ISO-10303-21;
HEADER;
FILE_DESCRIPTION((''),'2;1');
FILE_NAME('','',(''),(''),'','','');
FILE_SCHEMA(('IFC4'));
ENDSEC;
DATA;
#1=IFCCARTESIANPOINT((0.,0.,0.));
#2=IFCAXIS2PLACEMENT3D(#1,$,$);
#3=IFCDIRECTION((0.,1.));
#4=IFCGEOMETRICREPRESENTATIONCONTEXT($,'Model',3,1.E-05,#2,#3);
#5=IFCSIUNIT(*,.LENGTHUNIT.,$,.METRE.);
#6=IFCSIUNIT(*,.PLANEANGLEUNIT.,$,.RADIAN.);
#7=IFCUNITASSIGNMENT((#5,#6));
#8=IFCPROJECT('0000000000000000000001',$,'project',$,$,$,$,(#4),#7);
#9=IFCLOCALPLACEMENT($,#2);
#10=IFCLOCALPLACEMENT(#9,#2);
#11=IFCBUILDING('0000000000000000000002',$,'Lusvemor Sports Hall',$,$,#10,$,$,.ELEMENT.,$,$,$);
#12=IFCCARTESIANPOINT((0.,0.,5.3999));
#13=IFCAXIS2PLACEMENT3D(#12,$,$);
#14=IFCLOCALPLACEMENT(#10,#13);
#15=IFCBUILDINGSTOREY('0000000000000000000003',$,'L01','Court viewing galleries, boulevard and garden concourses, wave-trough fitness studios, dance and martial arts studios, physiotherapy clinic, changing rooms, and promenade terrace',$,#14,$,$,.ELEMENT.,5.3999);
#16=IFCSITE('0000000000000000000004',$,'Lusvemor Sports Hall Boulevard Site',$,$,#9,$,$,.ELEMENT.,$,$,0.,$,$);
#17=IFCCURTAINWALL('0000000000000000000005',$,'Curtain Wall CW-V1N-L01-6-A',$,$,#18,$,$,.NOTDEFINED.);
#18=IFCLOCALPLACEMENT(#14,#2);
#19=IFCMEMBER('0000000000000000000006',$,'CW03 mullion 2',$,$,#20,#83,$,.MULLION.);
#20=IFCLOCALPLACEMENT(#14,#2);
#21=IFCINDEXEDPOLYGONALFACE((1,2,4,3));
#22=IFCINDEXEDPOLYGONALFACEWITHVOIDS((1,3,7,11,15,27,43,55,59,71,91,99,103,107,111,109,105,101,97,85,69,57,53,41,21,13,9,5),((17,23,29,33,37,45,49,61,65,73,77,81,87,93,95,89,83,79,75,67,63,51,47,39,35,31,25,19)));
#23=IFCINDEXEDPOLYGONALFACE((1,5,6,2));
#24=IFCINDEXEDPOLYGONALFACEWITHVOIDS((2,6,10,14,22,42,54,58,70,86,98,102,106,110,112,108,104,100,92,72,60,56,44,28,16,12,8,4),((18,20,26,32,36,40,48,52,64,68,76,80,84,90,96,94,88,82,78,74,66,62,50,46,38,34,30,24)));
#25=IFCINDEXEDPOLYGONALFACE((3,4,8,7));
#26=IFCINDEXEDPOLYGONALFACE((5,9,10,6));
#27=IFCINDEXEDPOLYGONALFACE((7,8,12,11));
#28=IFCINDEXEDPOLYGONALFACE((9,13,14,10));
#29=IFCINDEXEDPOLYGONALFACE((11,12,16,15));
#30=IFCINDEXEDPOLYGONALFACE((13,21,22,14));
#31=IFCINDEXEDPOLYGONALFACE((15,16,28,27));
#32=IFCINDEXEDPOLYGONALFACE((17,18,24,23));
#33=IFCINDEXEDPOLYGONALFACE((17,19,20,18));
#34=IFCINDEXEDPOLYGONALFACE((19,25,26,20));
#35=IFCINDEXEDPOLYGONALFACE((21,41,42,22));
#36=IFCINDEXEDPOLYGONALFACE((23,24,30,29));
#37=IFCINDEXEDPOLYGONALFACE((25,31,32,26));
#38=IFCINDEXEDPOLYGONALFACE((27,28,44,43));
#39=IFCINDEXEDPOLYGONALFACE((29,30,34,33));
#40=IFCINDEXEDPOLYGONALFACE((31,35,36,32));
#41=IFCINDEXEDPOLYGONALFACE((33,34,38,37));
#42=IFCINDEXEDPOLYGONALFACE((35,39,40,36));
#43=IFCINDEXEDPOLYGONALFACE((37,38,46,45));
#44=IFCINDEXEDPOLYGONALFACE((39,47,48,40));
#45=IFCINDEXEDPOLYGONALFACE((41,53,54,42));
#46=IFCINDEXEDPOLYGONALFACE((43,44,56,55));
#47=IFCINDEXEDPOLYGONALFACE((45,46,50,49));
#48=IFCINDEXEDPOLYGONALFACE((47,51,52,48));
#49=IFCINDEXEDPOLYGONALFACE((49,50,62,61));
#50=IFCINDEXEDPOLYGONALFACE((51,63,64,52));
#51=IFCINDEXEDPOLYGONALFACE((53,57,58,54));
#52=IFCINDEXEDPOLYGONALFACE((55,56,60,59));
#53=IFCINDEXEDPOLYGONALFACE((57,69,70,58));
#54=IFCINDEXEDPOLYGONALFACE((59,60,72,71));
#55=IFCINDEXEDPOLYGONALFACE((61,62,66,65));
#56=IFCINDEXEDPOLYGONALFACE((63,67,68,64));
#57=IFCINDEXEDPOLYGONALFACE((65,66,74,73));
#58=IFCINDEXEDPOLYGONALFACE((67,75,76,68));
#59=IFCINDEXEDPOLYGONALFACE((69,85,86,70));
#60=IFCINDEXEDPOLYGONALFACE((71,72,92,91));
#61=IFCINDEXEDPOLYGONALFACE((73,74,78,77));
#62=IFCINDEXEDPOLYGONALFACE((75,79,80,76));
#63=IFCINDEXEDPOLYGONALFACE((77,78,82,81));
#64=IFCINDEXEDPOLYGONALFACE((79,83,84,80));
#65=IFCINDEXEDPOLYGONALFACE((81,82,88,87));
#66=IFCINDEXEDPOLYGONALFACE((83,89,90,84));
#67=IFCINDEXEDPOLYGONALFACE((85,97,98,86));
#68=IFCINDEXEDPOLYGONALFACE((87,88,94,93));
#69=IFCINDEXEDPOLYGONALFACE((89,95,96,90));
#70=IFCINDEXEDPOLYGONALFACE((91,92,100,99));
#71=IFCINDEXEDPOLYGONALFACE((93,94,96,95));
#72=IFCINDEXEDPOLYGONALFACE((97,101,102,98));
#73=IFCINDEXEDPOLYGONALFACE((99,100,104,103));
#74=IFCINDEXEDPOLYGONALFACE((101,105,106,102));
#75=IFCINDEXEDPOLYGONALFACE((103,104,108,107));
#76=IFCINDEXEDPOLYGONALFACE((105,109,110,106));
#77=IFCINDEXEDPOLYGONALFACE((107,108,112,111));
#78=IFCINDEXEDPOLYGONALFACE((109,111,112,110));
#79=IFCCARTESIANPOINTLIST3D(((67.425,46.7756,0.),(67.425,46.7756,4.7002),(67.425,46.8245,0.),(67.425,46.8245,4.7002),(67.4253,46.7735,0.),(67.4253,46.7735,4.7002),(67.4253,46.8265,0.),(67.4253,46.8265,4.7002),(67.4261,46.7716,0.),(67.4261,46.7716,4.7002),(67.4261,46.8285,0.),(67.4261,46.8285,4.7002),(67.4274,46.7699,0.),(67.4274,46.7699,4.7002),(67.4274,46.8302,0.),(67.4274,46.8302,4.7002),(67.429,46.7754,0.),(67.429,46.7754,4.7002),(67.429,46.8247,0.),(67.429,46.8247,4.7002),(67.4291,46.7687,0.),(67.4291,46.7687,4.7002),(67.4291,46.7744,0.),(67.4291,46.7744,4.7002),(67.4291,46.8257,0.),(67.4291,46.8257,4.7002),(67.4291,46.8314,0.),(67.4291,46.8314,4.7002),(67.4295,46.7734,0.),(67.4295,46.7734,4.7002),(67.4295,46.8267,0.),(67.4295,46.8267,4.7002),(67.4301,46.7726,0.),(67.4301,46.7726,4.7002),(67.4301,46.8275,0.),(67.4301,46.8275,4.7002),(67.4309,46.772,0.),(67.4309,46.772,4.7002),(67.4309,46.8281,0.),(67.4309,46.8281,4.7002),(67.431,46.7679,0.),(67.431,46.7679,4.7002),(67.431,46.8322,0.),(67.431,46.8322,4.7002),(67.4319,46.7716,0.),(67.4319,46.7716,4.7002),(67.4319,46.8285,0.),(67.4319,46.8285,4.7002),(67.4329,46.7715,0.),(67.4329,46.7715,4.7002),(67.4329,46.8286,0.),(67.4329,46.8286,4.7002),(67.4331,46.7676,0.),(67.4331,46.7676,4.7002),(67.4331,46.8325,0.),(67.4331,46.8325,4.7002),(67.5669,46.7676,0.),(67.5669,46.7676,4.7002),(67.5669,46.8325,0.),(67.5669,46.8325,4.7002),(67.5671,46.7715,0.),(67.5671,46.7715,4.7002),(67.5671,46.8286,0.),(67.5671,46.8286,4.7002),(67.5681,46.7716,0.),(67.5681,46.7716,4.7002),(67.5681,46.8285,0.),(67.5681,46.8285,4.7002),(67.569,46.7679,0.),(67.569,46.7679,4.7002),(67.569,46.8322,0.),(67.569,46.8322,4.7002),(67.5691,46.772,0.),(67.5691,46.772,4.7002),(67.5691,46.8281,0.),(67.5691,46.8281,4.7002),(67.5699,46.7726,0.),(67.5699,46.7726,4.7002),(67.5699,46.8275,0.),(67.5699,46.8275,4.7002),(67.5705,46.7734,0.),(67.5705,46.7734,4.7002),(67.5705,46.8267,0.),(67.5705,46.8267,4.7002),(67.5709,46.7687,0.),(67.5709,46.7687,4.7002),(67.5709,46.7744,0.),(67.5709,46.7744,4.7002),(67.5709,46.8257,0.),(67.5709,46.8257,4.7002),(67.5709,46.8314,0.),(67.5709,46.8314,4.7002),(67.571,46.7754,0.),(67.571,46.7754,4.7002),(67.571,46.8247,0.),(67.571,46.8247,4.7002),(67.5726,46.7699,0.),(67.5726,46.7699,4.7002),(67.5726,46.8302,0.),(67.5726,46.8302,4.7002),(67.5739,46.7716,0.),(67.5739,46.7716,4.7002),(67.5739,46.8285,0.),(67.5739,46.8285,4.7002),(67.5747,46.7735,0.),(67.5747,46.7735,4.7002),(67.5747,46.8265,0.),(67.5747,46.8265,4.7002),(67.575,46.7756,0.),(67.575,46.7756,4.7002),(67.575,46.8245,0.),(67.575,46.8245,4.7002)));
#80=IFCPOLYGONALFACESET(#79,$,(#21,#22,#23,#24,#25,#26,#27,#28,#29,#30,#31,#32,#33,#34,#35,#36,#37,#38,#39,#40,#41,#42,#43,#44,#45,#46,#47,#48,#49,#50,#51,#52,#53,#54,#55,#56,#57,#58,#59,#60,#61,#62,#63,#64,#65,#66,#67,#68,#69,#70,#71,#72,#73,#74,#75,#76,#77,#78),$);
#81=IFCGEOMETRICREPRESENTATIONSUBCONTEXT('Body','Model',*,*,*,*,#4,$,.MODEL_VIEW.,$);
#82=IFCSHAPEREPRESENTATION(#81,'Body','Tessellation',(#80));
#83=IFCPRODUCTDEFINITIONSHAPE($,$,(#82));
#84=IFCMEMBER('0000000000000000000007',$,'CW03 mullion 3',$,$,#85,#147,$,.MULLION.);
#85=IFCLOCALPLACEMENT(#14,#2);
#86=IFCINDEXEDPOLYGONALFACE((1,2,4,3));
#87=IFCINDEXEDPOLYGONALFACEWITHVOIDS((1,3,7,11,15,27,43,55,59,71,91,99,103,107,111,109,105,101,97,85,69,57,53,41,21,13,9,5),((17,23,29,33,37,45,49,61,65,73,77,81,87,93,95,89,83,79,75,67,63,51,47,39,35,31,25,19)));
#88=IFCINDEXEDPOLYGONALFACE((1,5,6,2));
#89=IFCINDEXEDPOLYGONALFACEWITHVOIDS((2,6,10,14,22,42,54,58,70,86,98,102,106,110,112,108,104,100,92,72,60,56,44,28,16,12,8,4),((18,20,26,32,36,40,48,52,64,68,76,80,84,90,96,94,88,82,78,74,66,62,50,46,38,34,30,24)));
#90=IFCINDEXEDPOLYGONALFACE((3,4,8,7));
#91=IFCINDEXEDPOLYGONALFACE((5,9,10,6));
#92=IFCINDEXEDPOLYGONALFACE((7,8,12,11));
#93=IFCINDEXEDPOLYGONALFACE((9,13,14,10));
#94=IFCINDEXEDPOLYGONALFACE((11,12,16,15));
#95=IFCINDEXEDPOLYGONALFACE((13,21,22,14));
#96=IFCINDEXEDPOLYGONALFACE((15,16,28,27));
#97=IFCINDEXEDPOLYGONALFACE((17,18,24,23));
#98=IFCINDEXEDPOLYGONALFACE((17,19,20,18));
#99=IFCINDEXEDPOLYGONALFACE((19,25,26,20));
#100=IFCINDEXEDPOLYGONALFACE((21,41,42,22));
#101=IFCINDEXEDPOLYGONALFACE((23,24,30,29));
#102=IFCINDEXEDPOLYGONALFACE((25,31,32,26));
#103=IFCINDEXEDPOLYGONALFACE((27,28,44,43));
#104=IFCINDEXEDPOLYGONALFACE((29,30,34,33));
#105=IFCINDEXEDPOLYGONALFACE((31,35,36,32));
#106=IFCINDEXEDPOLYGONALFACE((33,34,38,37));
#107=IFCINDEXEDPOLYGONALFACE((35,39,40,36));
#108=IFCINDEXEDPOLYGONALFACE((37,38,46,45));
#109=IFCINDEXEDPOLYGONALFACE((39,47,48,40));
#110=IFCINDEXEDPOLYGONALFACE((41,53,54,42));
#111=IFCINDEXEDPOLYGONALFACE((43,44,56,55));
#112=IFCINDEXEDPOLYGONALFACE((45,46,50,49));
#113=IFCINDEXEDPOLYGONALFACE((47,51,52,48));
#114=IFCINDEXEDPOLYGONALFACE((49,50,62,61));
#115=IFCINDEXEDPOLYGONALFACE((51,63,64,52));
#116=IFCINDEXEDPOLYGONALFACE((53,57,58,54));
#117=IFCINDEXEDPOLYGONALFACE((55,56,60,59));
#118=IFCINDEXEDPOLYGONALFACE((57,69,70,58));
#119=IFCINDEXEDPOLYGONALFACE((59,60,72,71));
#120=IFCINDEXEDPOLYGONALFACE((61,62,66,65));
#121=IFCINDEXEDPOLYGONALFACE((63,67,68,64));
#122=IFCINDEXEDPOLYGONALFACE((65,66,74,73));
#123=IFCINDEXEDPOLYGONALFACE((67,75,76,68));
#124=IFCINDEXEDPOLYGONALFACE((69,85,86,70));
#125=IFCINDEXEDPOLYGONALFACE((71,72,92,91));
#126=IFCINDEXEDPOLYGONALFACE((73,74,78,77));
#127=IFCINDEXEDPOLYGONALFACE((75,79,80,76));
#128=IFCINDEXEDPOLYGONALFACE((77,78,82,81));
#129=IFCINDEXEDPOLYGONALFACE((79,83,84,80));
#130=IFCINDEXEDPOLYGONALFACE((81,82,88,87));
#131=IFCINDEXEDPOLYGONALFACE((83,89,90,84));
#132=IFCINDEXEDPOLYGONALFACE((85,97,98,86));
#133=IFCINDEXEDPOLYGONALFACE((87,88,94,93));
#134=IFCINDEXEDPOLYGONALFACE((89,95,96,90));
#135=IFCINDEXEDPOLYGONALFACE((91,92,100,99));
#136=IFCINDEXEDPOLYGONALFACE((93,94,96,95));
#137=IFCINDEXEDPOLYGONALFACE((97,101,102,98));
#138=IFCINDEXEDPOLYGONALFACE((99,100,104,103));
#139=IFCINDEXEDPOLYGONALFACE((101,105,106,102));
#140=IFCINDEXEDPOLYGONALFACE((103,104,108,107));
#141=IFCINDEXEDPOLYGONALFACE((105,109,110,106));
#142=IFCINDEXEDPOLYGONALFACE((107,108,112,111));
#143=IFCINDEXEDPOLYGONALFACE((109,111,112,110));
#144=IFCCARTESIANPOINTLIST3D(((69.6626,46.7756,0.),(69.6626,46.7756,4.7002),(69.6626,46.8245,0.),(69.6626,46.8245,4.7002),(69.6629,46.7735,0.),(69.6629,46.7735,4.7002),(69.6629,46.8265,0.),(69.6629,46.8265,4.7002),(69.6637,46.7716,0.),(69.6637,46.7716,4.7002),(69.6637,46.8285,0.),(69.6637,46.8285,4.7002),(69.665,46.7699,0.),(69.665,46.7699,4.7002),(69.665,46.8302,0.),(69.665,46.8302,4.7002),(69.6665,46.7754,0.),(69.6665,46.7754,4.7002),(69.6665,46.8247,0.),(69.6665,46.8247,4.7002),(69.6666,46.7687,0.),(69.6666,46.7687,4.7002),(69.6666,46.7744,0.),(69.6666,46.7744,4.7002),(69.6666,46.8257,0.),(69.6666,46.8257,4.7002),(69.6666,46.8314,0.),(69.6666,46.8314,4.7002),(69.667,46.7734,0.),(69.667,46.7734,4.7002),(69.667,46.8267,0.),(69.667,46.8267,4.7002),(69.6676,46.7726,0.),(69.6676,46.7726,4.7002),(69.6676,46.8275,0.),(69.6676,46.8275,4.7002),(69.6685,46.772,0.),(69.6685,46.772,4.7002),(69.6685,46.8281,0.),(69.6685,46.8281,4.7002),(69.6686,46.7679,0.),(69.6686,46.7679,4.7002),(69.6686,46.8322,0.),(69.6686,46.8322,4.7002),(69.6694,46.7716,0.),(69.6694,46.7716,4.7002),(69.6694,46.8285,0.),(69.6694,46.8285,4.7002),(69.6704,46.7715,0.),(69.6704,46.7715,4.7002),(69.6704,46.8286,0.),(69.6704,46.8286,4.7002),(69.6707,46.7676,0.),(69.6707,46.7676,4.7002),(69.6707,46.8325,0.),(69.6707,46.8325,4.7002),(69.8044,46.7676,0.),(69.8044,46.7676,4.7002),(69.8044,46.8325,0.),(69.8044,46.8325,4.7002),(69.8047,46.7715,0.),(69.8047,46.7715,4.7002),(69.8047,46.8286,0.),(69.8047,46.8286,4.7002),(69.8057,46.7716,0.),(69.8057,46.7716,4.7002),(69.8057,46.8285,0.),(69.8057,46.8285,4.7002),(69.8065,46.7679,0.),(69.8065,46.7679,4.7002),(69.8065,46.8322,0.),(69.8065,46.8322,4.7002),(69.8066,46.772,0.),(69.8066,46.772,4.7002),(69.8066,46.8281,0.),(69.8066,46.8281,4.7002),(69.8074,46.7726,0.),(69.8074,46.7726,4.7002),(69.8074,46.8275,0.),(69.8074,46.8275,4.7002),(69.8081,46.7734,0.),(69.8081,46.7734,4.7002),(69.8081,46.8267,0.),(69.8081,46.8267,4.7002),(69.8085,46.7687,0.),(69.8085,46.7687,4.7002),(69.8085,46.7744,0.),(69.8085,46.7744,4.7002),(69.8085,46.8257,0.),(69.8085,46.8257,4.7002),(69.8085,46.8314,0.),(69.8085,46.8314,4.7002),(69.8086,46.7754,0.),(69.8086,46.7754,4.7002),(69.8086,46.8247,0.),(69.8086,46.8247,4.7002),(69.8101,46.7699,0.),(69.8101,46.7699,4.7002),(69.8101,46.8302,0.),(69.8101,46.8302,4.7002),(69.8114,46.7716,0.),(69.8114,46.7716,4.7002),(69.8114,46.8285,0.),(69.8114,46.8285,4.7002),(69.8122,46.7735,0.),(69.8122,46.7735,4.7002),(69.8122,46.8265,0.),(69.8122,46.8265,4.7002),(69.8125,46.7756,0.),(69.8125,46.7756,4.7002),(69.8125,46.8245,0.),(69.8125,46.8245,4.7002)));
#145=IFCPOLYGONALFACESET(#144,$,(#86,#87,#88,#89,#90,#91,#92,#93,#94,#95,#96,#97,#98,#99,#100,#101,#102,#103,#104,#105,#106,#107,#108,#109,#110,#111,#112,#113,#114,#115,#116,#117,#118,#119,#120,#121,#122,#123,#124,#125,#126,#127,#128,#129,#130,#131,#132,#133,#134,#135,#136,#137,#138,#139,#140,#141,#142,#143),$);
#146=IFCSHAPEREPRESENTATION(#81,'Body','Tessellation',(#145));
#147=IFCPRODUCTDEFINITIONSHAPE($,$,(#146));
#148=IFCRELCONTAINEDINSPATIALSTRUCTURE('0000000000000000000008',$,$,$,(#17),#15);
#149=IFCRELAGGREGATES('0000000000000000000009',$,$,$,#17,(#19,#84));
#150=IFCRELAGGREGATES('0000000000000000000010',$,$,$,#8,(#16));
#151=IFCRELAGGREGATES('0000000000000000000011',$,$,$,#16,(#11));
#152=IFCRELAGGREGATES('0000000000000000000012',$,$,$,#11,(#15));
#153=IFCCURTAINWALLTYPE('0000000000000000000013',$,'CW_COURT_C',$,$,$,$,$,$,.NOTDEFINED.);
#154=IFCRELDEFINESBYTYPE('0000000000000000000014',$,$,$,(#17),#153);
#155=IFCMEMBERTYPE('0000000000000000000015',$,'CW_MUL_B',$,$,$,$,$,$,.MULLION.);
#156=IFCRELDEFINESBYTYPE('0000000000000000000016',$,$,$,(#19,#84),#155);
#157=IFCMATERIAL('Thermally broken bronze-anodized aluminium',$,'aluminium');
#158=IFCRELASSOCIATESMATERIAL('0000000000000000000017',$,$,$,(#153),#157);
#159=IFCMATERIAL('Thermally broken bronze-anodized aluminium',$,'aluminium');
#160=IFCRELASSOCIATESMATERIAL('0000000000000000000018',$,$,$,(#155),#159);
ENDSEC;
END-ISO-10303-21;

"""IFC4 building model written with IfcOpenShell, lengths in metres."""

from ifc_helpers import new_model, si_unit, direction, frame, origin, origin_2d, place, context, subcontext, project, spatial, hollow_rectangle, extrude, material, material_profile, profile_set, type_object, element, aggregate, save


model = new_model("IFC4")

# Units and contexts
model_context = context("Model", 3, precision=1e-05, world=origin(), true_north=direction((0.0, 1.0)))
body_context = subcontext(model_context, "Body", "Model", "MODEL_VIEW")
ifc_project = project(units=[si_unit("LENGTHUNIT", "METRE"), si_unit("PLANEANGLEUNIT", "RADIAN")], contexts=[model_context])

# Site, building, storey
site_placement = place(None, origin())
site = spatial("IfcSite", under=ifc_project, at=site_placement, Name="Lusvemor Sports Hall Boulevard Site", CompositionType="ELEMENT", RefElevation=0.0)
building_placement = place(site_placement, origin())
building = spatial("IfcBuilding", under=site, at=building_placement, Name="Lusvemor Sports Hall", CompositionType="ELEMENT")
storey_placement = place(building_placement, frame((0.0, 0.0, 5.3999)))
storey = spatial("IfcBuildingStorey", under=building, at=storey_placement, Name="L01", Description="Court viewing galleries, boulevard and garden concourses, wave-trough fitness studios, dance and martial arts studios, physiotherapy clinic, changing rooms, and promenade terrace", CompositionType="ELEMENT", Elevation=5.3999)

# Shared definitions
ifc_material_1 = material(Name="Thermally broken bronze-anodized aluminium", Category="aluminium")
curtain_wall_type = type_object("IfcCurtainWallType", Name="CW_COURT_C", PredefinedType="NOTDEFINED", material=ifc_material_1)
ifc_material_2 = material(Name="Thermally broken bronze-anodized aluminium", Category="aluminium")
ifc_material_profile_1 = material_profile(ifc_material_2, hollow_rectangle(XDim=0.0649, YDim=0.1499, WallThickness=0.0039, InnerFilletRadius=0.0039, OuterFilletRadius=0.0081, at=origin_2d()), Name="CWMUL150x65x4")
ifc_profile_set_1 = profile_set([ifc_material_profile_1], Name="Thermally broken bronze-anodized aluminium")
member_type_1 = type_object("IfcMemberType", Name="CW_MUL_B", PredefinedType="MULLION", material=ifc_profile_set_1)

# Curtain wall, members
curtain_wall_1_placement = place(storey_placement, origin())
curtain_wall_1 = element("IfcCurtainWall", 1, at=curtain_wall_1_placement, inside=storey, type_object=curtain_wall_type, Name="Curtain Wall CW-V1N-L01-6-A", PredefinedType="NOTDEFINED")
member_1_placement = place(storey_placement, frame((67.5, 46.8, 0.0), z_axis=(0.0, 0.0, 1.0), x_axis=(0.0, 1.0, 0.0)))
member_1 = element("IfcMember", 2, at=member_1_placement, type_object=member_type_1, Name="CW03 mullion 2", PredefinedType="MULLION", context=body_context, shape_type="SweptSolid", body=[
    extrude(hollow_rectangle(XDim=0.0649, YDim=0.1499, WallThickness=0.0039, InnerFilletRadius=0.0039, OuterFilletRadius=0.0081, at=origin_2d()), origin(), (0.0, 0.0, 1.0), 4.7002),
])
member_2_placement = place(storey_placement, frame((69.7375, 46.8, 0.0), z_axis=(0.0, 0.0, 1.0), x_axis=(0.0, 1.0, 0.0)))
member_2 = element("IfcMember", 3, at=member_2_placement, type_object=member_type_1, Name="CW03 mullion 3", PredefinedType="MULLION", context=body_context, shape_type="SweptSolid", body=[
    extrude(hollow_rectangle(XDim=0.0649, YDim=0.1499, WallThickness=0.0039, InnerFilletRadius=0.0039, OuterFilletRadius=0.0081, at=origin_2d()), origin(), (0.0, 0.0, 1.0), 4.7002),
])

aggregate(curtain_wall_1, [member_1, member_2])

save(model, "model.ifc")
